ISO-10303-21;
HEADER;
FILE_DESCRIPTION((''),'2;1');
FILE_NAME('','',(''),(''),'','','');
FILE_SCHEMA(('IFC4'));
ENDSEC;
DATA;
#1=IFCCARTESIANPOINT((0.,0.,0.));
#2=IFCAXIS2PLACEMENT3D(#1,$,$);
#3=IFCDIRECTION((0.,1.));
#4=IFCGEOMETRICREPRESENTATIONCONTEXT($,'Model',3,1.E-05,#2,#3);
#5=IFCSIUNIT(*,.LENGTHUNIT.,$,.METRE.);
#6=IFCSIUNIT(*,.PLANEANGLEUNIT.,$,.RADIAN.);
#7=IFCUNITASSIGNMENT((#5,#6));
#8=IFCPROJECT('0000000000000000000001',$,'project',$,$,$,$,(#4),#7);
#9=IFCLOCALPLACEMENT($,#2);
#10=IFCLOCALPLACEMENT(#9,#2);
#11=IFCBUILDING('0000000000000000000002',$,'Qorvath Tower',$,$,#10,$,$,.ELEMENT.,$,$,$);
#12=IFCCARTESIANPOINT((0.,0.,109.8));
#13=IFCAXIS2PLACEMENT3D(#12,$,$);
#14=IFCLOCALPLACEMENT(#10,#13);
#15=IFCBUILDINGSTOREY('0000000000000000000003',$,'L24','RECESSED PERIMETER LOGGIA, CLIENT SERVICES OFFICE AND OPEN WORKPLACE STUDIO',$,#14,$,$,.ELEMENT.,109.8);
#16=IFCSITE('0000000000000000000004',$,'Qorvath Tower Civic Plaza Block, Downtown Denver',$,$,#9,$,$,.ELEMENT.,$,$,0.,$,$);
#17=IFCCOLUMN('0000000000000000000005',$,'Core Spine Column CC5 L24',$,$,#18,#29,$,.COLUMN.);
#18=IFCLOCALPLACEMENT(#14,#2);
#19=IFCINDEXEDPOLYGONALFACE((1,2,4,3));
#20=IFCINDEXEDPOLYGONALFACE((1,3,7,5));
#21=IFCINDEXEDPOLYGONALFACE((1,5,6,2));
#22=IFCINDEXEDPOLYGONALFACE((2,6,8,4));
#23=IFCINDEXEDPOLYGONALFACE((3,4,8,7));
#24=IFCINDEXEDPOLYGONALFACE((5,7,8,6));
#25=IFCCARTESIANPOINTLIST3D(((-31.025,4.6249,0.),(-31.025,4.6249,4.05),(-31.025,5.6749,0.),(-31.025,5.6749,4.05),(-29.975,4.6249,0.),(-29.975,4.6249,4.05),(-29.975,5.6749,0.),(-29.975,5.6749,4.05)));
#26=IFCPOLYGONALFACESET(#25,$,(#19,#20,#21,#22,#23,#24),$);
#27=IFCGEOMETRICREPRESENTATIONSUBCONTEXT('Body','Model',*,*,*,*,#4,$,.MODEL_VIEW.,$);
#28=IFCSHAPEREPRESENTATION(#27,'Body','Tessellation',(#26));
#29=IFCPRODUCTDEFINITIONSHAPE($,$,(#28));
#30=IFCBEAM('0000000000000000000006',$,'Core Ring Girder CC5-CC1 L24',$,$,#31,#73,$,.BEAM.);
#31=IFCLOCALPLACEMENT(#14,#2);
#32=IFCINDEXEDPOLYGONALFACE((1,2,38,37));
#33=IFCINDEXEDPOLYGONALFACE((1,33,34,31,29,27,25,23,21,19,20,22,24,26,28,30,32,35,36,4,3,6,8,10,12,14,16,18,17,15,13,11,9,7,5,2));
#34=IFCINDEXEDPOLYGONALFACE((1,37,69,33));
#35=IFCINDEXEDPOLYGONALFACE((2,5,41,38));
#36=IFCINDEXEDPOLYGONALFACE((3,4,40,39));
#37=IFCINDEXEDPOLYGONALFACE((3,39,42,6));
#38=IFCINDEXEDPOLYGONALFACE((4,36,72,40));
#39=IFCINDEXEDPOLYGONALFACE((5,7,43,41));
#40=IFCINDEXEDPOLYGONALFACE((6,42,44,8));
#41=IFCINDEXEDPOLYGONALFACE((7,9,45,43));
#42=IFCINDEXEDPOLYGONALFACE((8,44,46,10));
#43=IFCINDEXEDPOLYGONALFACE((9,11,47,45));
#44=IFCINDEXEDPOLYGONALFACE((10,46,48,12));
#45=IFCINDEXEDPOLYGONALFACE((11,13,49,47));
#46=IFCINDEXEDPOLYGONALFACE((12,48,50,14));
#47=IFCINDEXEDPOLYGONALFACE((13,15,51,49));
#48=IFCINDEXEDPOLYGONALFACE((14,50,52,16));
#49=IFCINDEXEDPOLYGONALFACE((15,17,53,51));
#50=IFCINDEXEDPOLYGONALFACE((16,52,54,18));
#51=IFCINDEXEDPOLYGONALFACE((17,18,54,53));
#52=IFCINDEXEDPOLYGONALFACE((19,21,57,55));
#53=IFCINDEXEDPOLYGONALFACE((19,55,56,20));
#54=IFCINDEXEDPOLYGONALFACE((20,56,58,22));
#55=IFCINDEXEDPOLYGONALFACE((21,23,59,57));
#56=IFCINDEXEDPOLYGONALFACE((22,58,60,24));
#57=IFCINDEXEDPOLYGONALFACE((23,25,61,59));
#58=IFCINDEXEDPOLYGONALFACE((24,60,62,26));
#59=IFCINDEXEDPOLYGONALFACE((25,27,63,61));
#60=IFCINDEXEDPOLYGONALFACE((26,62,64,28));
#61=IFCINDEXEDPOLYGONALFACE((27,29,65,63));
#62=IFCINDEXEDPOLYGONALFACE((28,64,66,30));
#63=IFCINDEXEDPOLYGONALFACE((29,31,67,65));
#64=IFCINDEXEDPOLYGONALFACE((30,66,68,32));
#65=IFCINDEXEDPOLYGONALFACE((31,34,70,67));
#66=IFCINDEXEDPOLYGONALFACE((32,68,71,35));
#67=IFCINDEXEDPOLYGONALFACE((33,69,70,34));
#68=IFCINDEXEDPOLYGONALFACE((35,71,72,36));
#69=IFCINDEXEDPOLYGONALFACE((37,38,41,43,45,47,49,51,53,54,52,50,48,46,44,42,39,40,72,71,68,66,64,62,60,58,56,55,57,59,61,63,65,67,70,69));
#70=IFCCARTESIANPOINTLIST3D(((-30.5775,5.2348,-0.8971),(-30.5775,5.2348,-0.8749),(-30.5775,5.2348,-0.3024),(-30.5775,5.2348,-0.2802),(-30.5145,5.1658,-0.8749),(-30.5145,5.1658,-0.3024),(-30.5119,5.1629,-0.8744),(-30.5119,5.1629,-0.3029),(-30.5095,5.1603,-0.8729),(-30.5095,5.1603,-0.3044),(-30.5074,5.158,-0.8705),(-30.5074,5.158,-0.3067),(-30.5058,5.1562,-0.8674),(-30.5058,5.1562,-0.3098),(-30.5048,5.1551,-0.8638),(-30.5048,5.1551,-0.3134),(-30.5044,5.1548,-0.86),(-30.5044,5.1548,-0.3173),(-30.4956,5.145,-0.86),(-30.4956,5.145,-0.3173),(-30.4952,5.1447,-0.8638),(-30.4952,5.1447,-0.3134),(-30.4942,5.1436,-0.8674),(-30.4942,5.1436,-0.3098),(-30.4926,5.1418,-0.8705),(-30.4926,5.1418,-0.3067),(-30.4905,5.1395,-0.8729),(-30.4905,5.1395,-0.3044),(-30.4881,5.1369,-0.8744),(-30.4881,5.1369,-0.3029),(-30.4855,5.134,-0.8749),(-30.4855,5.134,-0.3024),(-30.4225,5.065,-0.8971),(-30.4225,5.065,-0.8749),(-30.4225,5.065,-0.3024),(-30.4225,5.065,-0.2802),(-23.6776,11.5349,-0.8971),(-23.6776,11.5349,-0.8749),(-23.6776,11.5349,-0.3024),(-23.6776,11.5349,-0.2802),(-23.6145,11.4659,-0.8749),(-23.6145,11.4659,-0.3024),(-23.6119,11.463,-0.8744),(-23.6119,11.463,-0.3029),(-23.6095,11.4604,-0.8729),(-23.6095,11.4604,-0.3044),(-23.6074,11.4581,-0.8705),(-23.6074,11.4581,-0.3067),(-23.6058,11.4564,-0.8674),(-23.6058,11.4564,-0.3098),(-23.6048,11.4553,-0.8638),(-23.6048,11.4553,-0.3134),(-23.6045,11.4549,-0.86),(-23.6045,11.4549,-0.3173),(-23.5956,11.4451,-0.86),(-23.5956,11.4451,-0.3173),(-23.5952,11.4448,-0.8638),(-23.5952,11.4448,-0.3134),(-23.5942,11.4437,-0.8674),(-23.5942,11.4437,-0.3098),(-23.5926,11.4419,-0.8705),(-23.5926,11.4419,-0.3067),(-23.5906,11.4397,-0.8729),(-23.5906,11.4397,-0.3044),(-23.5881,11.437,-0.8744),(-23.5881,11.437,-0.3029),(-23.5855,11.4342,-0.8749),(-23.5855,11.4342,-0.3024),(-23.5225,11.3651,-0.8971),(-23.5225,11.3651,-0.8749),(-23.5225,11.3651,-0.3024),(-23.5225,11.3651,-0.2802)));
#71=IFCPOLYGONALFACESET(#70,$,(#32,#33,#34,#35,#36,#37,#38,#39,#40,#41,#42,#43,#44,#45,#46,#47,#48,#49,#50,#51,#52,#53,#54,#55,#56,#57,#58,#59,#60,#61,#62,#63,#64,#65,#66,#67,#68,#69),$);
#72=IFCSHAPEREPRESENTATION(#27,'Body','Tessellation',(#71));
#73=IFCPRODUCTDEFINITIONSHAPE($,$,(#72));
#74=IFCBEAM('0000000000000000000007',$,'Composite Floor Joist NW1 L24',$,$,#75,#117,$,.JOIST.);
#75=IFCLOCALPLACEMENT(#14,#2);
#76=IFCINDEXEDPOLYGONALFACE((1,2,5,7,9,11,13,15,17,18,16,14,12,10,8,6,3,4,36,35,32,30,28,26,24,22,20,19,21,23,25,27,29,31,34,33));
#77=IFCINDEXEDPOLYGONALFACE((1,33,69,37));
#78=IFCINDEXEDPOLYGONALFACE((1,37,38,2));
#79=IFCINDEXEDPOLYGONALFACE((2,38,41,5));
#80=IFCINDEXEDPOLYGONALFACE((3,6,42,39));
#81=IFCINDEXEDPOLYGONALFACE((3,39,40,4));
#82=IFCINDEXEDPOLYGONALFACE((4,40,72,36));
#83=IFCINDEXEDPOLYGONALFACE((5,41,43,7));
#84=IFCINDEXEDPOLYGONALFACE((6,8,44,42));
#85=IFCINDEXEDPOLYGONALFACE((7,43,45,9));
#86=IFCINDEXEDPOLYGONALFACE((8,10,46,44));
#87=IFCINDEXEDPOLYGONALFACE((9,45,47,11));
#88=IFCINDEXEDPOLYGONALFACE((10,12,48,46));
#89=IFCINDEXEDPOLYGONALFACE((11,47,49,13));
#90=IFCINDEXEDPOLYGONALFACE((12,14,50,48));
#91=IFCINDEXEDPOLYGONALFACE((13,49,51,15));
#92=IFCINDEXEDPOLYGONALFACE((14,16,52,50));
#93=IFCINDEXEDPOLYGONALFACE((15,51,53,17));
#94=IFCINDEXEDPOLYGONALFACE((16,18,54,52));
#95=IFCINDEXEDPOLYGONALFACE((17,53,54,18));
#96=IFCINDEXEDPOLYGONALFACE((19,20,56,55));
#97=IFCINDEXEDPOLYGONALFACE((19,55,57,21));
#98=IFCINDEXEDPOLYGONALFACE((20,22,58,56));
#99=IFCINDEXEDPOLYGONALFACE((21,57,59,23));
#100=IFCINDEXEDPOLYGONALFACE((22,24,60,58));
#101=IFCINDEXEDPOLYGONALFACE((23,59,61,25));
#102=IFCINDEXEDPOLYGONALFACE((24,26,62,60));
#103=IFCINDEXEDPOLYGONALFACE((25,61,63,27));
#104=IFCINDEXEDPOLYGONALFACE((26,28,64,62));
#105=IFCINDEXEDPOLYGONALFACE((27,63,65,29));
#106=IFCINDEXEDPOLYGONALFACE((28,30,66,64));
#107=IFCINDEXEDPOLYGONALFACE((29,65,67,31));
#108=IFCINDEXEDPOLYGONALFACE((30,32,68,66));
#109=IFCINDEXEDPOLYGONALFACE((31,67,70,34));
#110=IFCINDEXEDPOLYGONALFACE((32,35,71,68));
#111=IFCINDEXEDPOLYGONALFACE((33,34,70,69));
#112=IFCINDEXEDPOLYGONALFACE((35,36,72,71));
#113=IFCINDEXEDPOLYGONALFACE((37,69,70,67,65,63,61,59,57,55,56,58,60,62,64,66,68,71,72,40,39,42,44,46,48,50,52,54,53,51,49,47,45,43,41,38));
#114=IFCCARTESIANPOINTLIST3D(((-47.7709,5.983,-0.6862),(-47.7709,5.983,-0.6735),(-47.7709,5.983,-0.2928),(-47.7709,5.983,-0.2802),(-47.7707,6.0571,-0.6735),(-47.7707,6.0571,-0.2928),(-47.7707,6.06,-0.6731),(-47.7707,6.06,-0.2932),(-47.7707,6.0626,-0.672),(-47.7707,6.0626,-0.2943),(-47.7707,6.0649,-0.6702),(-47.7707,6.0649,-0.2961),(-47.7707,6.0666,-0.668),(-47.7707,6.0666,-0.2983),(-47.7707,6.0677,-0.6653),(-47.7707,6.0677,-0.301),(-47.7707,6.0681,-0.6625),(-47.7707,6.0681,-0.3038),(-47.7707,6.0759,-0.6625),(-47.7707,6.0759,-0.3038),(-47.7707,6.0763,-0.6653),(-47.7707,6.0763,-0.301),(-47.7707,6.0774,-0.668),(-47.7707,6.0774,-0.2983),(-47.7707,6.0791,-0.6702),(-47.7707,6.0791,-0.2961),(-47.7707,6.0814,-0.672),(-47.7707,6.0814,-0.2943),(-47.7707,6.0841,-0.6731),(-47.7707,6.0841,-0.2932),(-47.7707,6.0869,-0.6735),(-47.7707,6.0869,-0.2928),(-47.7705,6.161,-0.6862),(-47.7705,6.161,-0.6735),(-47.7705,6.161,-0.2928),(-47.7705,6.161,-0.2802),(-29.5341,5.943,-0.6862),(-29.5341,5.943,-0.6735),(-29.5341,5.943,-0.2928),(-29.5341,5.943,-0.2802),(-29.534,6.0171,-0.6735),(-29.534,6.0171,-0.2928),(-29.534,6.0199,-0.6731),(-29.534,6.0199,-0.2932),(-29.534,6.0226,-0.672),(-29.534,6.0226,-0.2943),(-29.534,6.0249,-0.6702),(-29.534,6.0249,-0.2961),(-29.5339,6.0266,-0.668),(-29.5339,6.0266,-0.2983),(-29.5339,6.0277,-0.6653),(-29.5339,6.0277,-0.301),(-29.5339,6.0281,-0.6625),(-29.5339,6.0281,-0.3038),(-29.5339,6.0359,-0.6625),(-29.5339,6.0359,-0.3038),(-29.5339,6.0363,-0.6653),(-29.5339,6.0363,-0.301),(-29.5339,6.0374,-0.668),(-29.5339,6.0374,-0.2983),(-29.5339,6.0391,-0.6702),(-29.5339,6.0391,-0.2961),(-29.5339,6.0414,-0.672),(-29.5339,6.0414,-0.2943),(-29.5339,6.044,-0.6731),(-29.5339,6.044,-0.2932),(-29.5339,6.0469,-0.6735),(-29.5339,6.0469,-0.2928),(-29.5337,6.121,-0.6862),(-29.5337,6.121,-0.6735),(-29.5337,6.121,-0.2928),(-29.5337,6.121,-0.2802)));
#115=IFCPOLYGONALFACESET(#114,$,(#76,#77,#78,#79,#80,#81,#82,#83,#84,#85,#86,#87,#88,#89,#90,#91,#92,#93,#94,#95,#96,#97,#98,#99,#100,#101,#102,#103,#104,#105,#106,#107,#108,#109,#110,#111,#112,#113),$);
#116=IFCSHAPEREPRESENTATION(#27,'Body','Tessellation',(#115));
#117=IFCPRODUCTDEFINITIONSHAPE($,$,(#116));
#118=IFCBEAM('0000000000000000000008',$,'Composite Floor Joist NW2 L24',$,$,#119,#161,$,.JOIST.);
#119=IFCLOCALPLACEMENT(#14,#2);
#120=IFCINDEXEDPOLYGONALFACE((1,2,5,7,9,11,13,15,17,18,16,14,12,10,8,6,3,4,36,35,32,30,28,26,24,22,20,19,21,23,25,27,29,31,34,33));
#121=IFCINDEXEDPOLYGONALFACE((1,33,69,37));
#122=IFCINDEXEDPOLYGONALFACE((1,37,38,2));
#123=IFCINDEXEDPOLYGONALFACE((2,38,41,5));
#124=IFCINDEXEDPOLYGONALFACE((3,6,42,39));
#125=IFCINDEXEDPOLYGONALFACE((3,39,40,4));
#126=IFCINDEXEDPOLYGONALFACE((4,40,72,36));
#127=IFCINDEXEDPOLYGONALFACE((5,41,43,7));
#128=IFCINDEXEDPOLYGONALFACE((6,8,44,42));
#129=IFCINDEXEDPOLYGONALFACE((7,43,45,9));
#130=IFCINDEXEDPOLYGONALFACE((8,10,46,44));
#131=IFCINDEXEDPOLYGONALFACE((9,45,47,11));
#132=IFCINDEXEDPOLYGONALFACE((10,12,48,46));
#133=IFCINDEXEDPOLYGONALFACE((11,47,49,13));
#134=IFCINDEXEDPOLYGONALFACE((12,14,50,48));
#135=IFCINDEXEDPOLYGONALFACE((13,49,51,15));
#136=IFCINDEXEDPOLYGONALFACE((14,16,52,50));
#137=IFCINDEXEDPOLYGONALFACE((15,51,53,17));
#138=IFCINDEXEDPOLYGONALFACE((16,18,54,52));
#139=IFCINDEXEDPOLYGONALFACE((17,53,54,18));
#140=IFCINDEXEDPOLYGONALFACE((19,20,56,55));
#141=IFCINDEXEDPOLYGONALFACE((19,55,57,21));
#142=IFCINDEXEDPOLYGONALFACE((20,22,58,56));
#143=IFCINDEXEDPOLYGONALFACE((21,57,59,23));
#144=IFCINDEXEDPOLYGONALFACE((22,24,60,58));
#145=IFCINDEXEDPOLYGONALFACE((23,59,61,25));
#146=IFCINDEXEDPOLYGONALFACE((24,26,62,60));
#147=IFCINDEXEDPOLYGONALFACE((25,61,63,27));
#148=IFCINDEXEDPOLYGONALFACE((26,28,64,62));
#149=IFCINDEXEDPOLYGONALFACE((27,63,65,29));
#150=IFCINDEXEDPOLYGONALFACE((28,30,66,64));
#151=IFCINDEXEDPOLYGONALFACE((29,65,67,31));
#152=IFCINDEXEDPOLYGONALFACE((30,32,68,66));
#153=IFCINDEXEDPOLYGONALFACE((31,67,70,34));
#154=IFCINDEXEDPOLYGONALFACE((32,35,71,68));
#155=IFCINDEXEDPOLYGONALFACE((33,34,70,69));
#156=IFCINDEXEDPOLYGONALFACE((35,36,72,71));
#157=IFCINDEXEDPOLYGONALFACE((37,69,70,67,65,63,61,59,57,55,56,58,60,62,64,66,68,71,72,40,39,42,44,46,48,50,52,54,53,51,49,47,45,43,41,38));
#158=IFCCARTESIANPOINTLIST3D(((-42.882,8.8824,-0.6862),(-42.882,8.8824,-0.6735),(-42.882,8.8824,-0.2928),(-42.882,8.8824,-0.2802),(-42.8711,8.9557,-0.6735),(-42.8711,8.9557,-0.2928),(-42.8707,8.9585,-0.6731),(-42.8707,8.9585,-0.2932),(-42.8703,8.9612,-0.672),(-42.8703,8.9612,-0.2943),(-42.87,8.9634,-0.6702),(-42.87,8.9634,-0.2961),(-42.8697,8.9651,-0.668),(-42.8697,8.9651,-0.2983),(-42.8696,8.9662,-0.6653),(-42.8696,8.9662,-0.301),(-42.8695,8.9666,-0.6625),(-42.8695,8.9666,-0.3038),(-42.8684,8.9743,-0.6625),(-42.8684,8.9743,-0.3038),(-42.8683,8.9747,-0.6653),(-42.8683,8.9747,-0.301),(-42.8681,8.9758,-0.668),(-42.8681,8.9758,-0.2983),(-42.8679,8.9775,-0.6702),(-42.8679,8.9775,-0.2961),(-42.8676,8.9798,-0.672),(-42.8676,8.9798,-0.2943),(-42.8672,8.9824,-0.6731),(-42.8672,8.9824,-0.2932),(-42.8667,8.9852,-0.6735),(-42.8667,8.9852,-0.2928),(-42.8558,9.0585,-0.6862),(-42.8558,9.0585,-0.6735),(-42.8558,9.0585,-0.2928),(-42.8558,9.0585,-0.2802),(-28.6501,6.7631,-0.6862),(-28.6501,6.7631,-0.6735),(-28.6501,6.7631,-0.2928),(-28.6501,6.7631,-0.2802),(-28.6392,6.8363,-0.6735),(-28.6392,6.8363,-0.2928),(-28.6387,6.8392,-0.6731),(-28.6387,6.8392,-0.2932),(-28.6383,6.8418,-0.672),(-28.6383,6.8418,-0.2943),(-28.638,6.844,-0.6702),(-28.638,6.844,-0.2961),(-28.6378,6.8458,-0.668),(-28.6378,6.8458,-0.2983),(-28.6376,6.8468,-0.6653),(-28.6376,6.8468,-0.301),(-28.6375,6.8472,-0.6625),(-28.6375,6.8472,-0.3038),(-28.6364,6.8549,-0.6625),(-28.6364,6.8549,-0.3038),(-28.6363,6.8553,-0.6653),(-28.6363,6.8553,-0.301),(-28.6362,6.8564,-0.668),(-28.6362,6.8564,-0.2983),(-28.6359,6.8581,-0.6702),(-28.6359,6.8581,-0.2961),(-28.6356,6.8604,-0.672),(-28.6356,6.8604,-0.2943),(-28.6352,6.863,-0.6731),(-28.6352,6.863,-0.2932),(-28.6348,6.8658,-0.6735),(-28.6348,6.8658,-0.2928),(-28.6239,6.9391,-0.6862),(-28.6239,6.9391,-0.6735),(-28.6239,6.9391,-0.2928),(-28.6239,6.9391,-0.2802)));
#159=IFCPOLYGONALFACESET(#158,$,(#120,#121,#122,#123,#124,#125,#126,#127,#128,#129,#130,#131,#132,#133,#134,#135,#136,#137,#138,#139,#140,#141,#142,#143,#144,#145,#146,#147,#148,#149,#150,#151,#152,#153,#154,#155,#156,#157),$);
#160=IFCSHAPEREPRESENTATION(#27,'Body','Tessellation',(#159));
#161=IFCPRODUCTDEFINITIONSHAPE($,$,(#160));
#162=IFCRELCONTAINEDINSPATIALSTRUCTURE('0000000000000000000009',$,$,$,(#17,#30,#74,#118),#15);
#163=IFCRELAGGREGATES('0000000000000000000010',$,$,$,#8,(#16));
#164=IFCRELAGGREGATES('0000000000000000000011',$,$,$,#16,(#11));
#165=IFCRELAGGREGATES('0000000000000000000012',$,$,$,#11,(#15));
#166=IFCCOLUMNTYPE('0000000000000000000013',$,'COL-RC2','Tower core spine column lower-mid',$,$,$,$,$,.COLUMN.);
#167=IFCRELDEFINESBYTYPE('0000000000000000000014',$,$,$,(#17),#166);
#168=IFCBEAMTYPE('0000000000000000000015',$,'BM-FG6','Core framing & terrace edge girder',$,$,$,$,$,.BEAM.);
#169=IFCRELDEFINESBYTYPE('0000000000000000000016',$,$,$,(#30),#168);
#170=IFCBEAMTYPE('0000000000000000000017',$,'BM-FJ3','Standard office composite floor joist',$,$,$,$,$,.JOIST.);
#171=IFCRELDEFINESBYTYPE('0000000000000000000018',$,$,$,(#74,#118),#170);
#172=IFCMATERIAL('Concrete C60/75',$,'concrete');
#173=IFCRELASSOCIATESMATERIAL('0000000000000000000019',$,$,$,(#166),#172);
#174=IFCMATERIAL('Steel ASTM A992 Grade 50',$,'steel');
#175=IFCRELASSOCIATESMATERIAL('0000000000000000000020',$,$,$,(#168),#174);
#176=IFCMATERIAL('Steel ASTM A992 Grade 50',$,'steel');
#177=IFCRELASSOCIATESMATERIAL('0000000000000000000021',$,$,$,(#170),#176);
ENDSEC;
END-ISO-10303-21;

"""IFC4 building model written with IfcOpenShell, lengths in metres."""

from ifc_helpers import new_model, si_unit, direction, frame, origin, origin_2d, place, context, subcontext, project, spatial, rectangle, i_section, extrude, material, material_profile, profile_set, type_object, element, save


model = new_model("IFC4")

# Units and contexts
model_context = context("Model", 3, precision=1e-05, world=origin(), true_north=direction((0.0, 1.0)))
body_context = subcontext(model_context, "Body", "Model", "MODEL_VIEW")
ifc_project = project(units=[si_unit("LENGTHUNIT", "METRE"), si_unit("PLANEANGLEUNIT", "RADIAN")], contexts=[model_context])

# Site, building, storey
site_placement = place(None, origin())
site = spatial("IfcSite", under=ifc_project, at=site_placement, Name="Qorvath Tower Civic Plaza Block, Downtown Denver", CompositionType="ELEMENT", RefElevation=0.0)
building_placement = place(site_placement, origin())
building = spatial("IfcBuilding", under=site, at=building_placement, Name="Qorvath Tower", CompositionType="ELEMENT")
storey_placement = place(building_placement, frame((0.0, 0.0, 109.8)))
storey = spatial("IfcBuildingStorey", under=building, at=storey_placement, Name="L24", Description="RECESSED PERIMETER LOGGIA, CLIENT SERVICES OFFICE AND OPEN WORKPLACE STUDIO", CompositionType="ELEMENT", Elevation=109.8)

# Column
ifc_material_1 = material(Name="Concrete C60/75", Category="concrete")
ifc_material_profile_1 = material_profile(ifc_material_1, rectangle(XDim=1.05, YDim=1.05, at=origin_2d()), Name="RC 1050x1050")
ifc_profile_set_1 = profile_set([ifc_material_profile_1], Name="Concrete C60/75")
column_type = type_object("IfcColumnType", Name="COL-RC2", Description="Tower core spine column lower-mid", PredefinedType="COLUMN", material=ifc_profile_set_1)
column_placement = place(storey_placement, frame((-30.5, 5.1499, 0.0), z_axis=(0.0, 0.0, 1.0), x_axis=(1.0, 0.0, 0.0)))
element("IfcColumn", 1, at=column_placement, inside=storey, type_object=column_type, Name="Core Spine Column CC5 L24", PredefinedType="COLUMN", context=body_context, shape_type="SweptSolid", body=[
    extrude(rectangle(XDim=1.05, YDim=1.05, at=origin_2d()), origin(), (0.0, 0.0, 1.0), 4.05),
])

# Beams
ifc_material_2 = material(Name="Steel ASTM A992 Grade 50", Category="steel")
ifc_material_profile_2 = material_profile(ifc_material_2, i_section(OverallWidth=0.23, OverallDepth=0.6169, WebThickness=0.0132, FlangeThickness=0.0222, FilletRadius=0.0149, at=origin_2d()), Name="W24x94")
ifc_profile_set_2 = profile_set([ifc_material_profile_2], Name="Steel ASTM A992 Grade 50")
beam_type_1 = type_object("IfcBeamType", Name="BM-FG6", Description="Core framing & terrace edge girder", PredefinedType="BEAM", material=ifc_profile_set_2)
beam_1_placement = place(storey_placement, frame((-30.5, 5.1499, -0.5886), z_axis=(0.738478, 0.674277, 0.0), x_axis=(-0.674277, 0.738478, 0.0)))
element("IfcBeam", 2, at=beam_1_placement, inside=storey, type_object=beam_type_1, Name="Core Ring Girder CC5-CC1 L24", PredefinedType="BEAM", context=body_context, shape_type="SweptSolid", body=[
    extrude(i_section(OverallWidth=0.23, OverallDepth=0.6169, WebThickness=0.0132, FlangeThickness=0.0222, FilletRadius=0.0149, at=origin_2d()), origin(), (0.0, 0.0, 1.0), 9.3435),
])
ifc_material_3 = material(Name="Steel ASTM A992 Grade 50", Category="steel")
ifc_material_profile_3 = material_profile(ifc_material_3, i_section(OverallWidth=0.178, OverallDepth=0.406, WebThickness=0.0078, FlangeThickness=0.0127, FilletRadius=0.011, at=origin_2d()), Name="W16x40")
ifc_profile_set_3 = profile_set([ifc_material_profile_3], Name="Steel ASTM A992 Grade 50")
beam_type_2 = type_object("IfcBeamType", Name="BM-FJ3", Description="Standard office composite floor joist", PredefinedType="JOIST", material=ifc_profile_set_3)
beam_2_placement = place(storey_placement, frame((-29.5339, 6.032, -0.4832), z_axis=(-0.999998, 0.002196, 0.0), x_axis=(-0.002196, -0.999998, 0.0)))
element("IfcBeam", 3, at=beam_2_placement, inside=storey, type_object=beam_type_2, Name="Composite Floor Joist NW1 L24", PredefinedType="JOIST", context=body_context, shape_type="SweptSolid", body=[
    extrude(i_section(OverallWidth=0.178, OverallDepth=0.406, WebThickness=0.0078, FlangeThickness=0.0127, FilletRadius=0.011, at=origin_2d()), origin(), (0.0, 0.0, 1.0), 18.2368),
])
beam_3_placement = place(storey_placement, frame((-28.637, 6.8511, -0.4832), z_axis=(-0.989093, 0.147293, 0.0), x_axis=(-0.147293, -0.989093, 0.0)))
element("IfcBeam", 4, at=beam_3_placement, inside=storey, type_object=beam_type_2, Name="Composite Floor Joist NW2 L24", PredefinedType="JOIST", context=body_context, shape_type="SweptSolid", body=[
    extrude(i_section(OverallWidth=0.178, OverallDepth=0.406, WebThickness=0.0078, FlangeThickness=0.0127, FilletRadius=0.011, at=origin_2d()), origin(), (0.0, 0.0, 1.0), 14.3889),
])

save(model, "model.ifc")
